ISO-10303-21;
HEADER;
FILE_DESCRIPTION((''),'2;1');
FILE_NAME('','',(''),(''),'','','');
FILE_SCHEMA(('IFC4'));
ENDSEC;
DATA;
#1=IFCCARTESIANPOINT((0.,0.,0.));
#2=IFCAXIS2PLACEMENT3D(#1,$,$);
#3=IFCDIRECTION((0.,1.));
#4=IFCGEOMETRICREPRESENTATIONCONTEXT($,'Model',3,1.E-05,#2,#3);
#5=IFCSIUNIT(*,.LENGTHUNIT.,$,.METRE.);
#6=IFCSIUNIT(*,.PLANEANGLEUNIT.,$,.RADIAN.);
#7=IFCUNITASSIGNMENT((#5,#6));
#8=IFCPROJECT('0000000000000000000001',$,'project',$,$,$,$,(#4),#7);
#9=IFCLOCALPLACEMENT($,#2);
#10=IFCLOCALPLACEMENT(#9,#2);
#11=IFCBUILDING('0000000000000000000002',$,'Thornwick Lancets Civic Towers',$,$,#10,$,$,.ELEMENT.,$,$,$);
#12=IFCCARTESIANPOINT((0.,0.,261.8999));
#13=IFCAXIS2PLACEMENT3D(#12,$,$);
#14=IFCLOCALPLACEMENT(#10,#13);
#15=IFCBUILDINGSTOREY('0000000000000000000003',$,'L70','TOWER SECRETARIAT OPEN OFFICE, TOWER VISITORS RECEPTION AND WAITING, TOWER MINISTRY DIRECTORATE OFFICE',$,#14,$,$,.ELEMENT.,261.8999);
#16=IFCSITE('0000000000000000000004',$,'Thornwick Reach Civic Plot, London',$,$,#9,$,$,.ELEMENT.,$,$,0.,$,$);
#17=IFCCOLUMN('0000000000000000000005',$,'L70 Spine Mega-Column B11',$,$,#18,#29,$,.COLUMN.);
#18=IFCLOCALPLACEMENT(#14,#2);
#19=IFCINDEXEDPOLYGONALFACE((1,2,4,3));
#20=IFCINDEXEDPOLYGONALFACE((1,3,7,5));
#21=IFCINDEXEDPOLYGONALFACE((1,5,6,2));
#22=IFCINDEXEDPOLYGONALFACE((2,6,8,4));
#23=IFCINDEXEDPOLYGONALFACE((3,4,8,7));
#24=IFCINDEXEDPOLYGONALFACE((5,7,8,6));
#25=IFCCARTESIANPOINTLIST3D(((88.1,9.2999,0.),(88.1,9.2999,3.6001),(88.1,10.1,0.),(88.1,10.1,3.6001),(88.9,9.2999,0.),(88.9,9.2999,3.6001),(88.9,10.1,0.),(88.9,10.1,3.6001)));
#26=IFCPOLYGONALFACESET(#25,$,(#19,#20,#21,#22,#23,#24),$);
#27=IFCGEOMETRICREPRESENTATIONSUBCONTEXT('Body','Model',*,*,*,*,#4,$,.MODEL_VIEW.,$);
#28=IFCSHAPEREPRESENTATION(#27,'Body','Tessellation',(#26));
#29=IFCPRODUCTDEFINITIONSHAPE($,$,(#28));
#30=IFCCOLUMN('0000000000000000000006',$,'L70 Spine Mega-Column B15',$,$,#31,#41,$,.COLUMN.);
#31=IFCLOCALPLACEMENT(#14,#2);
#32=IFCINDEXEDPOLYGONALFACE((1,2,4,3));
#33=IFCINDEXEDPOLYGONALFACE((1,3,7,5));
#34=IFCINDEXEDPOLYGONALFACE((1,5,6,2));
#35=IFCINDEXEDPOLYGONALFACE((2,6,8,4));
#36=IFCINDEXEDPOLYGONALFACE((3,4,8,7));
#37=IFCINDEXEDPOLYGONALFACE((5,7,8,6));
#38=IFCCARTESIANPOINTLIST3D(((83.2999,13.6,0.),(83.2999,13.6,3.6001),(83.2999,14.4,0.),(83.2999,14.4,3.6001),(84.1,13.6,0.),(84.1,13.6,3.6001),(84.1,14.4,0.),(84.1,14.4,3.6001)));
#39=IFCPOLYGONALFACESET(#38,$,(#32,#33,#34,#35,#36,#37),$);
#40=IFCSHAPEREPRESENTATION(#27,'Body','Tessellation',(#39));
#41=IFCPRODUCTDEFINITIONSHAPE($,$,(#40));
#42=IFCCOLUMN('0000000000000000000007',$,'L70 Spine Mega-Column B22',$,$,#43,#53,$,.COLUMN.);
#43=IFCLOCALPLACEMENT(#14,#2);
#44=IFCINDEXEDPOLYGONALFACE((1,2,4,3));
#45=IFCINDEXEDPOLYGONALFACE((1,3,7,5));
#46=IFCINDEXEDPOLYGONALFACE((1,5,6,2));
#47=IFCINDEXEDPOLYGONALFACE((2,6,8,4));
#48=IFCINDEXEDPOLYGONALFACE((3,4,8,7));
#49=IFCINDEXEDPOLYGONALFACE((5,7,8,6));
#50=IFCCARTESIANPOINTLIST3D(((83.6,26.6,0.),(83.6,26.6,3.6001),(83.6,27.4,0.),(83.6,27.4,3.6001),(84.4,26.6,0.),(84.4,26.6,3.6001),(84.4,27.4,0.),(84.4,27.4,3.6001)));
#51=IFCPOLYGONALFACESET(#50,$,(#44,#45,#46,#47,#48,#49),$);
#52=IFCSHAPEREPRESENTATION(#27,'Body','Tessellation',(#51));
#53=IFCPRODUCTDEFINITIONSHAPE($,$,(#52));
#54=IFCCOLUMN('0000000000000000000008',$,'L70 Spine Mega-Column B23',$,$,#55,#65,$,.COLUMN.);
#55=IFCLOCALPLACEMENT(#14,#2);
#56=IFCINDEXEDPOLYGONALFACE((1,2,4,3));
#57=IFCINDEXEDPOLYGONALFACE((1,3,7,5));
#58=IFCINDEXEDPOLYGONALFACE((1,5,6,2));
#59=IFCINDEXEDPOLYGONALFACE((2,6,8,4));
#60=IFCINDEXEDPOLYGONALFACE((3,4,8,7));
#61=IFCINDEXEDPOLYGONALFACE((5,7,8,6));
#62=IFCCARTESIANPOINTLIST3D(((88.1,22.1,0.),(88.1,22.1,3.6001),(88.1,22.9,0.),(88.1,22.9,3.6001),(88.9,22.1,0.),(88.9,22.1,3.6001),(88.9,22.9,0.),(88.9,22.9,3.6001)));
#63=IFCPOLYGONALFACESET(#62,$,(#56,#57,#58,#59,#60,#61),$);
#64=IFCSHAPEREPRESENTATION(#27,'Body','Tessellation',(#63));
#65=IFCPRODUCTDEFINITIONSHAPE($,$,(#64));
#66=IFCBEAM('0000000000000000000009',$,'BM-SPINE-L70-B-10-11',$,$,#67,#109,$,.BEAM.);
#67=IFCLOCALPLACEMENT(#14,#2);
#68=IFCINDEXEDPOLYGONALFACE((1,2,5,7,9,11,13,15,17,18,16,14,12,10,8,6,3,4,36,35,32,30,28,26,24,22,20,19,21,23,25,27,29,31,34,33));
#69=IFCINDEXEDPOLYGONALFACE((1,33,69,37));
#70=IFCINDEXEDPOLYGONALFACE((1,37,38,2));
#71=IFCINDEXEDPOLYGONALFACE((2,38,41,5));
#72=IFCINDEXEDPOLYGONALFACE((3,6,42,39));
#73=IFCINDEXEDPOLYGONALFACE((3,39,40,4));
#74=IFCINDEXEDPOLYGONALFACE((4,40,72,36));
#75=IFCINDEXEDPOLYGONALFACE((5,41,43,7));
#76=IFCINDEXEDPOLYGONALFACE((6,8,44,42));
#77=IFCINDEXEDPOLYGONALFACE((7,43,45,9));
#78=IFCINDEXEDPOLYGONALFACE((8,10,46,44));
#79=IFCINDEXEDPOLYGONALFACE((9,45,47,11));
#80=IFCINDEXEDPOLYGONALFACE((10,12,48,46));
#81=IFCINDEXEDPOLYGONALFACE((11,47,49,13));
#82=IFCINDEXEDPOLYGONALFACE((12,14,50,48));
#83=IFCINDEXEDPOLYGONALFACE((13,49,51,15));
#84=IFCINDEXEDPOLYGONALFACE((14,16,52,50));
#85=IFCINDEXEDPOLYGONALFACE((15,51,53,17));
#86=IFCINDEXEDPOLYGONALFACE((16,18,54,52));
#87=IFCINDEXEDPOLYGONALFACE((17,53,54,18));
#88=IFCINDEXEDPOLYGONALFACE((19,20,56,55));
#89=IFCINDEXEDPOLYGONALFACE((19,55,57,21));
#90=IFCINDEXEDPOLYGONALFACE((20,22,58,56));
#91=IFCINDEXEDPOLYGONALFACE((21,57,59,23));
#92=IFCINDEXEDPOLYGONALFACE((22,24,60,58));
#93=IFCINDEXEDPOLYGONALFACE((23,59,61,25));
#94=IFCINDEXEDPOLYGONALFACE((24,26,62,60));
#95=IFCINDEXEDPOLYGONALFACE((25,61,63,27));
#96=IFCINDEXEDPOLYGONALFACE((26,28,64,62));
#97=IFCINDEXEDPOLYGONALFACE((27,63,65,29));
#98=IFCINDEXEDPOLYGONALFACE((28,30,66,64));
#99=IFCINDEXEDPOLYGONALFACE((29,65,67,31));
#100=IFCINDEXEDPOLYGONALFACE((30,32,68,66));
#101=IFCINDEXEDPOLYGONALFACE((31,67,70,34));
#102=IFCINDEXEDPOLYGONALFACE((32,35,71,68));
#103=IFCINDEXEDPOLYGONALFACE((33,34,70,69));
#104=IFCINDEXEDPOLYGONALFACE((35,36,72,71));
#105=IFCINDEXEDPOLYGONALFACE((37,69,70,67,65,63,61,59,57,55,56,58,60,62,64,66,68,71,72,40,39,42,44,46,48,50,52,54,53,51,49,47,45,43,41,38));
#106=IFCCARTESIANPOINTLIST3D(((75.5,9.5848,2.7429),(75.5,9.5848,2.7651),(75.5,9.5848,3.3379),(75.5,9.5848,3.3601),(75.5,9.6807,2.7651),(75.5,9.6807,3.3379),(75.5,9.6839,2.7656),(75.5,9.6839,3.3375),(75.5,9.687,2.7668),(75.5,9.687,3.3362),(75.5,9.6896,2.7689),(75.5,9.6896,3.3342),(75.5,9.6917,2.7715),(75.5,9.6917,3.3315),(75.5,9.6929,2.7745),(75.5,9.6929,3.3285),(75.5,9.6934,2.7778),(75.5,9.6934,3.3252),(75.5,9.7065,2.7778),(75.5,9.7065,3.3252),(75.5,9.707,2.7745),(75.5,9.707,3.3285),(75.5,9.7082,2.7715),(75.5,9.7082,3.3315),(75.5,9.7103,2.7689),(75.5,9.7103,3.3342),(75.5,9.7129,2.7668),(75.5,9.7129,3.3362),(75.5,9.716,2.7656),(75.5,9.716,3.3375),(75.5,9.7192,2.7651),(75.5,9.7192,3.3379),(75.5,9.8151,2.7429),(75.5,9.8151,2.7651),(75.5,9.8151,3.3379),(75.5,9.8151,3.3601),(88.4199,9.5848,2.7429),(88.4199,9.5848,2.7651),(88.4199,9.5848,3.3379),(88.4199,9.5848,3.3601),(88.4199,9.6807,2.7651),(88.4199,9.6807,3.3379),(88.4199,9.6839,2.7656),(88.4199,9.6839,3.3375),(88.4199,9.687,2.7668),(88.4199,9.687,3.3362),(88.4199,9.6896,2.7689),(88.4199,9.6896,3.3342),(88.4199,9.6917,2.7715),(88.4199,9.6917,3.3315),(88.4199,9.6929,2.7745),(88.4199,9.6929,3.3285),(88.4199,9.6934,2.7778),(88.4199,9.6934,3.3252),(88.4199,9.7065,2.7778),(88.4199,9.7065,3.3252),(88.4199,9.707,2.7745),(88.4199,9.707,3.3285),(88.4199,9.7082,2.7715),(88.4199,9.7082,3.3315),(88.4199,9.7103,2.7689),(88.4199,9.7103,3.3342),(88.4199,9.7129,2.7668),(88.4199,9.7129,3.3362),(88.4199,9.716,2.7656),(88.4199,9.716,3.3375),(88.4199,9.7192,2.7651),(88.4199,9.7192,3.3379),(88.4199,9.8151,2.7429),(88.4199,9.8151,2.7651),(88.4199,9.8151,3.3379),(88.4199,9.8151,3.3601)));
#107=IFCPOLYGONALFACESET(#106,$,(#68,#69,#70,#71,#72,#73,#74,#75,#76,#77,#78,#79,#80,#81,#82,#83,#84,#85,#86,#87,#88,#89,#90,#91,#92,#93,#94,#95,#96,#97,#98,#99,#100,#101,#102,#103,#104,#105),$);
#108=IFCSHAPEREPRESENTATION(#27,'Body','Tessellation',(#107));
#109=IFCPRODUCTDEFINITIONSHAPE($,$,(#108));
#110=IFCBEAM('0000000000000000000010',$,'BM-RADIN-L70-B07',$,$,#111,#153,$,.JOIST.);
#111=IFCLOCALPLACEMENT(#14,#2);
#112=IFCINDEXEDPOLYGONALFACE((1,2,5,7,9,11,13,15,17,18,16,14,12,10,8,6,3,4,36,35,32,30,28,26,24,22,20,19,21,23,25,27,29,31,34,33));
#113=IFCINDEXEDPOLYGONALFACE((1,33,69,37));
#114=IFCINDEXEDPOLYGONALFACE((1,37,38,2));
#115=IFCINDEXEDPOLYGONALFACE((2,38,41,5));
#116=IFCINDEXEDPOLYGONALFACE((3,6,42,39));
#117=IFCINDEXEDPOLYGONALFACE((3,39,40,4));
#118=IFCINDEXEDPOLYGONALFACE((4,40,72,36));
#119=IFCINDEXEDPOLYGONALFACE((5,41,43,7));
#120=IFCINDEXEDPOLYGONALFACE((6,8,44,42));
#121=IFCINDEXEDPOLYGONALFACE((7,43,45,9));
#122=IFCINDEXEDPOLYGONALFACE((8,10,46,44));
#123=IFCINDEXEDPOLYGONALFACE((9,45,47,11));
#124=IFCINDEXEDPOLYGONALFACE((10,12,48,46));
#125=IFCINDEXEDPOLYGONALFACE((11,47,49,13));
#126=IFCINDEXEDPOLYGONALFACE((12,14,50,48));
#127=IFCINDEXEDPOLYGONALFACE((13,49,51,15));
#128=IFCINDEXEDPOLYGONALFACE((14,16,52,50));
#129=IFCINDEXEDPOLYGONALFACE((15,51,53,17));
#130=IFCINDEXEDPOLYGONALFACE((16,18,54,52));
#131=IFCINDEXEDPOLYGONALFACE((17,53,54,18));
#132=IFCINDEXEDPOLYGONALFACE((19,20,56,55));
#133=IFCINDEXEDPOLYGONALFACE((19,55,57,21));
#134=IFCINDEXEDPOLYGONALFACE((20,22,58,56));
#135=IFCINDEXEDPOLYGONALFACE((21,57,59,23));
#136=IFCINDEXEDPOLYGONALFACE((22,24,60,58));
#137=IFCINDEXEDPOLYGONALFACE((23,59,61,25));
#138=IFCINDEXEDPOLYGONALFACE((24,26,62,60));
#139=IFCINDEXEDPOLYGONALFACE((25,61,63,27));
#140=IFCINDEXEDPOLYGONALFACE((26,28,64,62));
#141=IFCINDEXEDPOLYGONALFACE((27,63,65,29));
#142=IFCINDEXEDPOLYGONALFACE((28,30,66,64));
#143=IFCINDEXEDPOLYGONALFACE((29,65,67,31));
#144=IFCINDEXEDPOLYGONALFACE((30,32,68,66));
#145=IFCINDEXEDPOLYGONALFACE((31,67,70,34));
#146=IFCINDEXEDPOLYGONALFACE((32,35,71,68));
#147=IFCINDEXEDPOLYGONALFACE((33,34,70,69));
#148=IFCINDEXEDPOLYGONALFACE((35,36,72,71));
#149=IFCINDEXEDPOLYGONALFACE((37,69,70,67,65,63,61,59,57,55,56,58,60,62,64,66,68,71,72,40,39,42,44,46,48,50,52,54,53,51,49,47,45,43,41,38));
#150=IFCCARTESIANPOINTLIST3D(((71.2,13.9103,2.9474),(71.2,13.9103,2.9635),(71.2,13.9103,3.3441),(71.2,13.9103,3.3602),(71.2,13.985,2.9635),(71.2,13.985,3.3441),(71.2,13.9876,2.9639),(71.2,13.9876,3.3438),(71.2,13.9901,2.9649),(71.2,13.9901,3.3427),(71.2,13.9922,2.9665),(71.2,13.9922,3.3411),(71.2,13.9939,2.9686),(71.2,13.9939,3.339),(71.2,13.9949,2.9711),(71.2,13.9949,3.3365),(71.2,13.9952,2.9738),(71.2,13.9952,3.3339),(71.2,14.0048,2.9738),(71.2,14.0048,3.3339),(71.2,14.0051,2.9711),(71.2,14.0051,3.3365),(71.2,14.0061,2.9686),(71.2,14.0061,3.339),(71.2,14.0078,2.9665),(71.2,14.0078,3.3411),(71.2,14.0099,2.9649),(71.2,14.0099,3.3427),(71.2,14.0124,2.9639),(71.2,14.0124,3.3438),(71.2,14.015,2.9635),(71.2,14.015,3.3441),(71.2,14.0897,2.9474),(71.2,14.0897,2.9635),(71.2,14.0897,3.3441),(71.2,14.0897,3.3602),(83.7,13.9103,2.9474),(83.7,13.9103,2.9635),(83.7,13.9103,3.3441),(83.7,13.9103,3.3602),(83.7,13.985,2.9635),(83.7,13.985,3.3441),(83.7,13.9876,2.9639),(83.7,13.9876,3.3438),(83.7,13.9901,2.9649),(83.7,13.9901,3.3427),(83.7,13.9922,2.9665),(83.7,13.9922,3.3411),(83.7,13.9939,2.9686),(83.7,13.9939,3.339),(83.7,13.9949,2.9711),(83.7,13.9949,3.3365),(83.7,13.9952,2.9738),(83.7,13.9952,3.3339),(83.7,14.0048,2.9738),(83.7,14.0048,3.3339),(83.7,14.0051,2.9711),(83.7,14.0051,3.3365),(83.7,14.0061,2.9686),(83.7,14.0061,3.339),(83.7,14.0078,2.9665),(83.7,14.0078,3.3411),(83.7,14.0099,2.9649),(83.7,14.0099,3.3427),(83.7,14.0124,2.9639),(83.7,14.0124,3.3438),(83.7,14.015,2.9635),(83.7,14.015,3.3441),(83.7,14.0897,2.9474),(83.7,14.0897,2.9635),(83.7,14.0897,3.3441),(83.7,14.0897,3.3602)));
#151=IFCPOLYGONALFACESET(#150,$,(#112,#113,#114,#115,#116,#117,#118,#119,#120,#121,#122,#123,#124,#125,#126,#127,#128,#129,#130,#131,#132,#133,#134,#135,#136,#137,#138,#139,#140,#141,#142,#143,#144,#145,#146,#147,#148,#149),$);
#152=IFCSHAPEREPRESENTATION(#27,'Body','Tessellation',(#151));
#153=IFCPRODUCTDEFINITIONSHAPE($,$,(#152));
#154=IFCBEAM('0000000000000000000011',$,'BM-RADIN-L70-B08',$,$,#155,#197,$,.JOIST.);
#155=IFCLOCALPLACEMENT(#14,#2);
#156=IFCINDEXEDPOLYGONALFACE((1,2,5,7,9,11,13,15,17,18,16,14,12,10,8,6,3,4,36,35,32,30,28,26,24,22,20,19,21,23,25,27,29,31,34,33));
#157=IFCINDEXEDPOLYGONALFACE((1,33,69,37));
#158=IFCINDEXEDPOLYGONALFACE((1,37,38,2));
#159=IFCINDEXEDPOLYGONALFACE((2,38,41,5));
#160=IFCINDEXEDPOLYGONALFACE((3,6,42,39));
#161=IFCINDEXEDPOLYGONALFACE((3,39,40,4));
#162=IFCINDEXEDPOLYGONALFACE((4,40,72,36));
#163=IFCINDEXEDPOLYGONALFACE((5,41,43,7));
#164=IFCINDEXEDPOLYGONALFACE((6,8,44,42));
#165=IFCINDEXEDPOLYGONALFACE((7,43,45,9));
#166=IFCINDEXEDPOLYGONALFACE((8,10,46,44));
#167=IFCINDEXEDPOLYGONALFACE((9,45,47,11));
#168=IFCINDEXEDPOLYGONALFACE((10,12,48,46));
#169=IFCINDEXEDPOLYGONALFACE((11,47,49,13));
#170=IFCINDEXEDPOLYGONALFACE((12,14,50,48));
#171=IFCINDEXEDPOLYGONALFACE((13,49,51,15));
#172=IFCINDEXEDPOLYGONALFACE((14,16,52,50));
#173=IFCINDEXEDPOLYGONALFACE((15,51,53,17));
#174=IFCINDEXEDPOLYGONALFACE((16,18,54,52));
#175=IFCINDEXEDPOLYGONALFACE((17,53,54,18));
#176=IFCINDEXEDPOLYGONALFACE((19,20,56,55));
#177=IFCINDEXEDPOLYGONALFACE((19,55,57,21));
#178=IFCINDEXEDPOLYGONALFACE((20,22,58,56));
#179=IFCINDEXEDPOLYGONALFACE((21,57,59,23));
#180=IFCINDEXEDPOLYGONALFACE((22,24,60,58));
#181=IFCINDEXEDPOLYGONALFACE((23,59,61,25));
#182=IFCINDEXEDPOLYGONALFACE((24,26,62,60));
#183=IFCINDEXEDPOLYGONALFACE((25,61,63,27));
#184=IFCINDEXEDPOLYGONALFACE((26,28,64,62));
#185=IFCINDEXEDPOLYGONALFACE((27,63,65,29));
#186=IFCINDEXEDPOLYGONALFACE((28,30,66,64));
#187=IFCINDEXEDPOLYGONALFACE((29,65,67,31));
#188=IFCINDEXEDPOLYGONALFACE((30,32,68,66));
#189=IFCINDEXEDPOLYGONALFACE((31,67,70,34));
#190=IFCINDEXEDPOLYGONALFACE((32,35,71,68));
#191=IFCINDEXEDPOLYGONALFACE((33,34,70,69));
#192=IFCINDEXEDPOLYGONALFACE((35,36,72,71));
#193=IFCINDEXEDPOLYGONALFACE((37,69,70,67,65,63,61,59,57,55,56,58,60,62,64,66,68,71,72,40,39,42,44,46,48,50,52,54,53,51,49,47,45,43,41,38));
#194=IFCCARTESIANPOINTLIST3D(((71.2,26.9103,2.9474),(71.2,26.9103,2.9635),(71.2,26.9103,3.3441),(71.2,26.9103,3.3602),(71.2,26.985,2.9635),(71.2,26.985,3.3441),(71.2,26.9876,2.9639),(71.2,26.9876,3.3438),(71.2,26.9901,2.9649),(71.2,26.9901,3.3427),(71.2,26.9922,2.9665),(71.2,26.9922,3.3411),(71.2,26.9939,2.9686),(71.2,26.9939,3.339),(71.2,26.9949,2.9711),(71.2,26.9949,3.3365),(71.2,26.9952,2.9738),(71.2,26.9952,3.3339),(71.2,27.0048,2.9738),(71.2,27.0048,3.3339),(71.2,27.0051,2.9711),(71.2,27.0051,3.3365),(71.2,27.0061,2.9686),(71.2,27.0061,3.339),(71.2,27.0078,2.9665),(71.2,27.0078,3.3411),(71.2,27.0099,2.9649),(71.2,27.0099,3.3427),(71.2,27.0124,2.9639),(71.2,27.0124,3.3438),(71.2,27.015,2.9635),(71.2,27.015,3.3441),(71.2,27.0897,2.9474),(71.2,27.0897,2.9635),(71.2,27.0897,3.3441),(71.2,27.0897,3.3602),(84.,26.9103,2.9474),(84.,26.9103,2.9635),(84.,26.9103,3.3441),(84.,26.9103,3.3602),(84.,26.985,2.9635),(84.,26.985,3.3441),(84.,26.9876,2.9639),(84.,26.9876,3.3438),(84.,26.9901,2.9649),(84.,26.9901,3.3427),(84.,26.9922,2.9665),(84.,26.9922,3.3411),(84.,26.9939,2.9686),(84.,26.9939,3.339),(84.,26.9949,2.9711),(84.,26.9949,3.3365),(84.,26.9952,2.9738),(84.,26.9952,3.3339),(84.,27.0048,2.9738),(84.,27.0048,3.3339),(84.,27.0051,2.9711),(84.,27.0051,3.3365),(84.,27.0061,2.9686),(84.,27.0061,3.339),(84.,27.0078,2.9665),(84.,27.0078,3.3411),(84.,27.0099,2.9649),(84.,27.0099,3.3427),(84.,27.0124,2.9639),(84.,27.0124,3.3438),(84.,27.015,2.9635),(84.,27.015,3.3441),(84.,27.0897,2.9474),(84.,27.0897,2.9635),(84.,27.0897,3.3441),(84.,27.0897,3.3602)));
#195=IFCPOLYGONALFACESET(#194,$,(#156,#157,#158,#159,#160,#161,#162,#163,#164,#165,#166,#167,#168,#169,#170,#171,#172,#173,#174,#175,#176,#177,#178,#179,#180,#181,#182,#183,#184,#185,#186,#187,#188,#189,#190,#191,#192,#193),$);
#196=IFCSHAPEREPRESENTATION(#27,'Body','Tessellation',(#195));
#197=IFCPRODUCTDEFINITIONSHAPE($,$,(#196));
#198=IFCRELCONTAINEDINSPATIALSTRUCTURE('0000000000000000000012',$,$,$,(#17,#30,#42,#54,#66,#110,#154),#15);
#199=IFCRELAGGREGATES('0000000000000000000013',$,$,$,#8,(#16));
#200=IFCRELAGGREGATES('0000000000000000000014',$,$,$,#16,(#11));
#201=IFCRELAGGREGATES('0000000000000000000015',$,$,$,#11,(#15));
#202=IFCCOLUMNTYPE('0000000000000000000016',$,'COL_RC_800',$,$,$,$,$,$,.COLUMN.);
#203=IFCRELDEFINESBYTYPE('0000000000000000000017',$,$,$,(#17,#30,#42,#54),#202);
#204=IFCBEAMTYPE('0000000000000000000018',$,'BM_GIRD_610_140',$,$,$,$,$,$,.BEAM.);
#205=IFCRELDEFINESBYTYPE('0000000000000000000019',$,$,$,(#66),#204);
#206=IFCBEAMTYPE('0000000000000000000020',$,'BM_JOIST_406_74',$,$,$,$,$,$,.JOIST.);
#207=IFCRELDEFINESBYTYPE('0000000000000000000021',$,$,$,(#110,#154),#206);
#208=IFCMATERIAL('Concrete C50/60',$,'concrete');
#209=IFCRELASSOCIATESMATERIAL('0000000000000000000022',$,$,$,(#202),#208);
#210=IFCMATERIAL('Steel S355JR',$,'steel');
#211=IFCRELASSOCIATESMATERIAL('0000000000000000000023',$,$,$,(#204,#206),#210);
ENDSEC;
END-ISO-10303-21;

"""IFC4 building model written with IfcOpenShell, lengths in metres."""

from ifc_helpers import new_model, si_unit, direction, frame, origin, origin_2d, place, context, subcontext, project, spatial, rectangle, i_section, extrude, material, material_profile, profile_set, type_object, element, save


model = new_model("IFC4")

# Units and contexts
model_context = context("Model", 3, precision=1e-05, world=origin(), true_north=direction((0.0, 1.0)))
body_context = subcontext(model_context, "Body", "Model", "MODEL_VIEW")
ifc_project = project(units=[si_unit("LENGTHUNIT", "METRE"), si_unit("PLANEANGLEUNIT", "RADIAN")], contexts=[model_context])

# Site, building, storey
site_placement = place(None, origin())
site = spatial("IfcSite", under=ifc_project, at=site_placement, Name="Thornwick Reach Civic Plot, London", CompositionType="ELEMENT", RefElevation=0.0)
building_placement = place(site_placement, origin())
building = spatial("IfcBuilding", under=site, at=building_placement, Name="Thornwick Lancets Civic Towers", CompositionType="ELEMENT")
storey_placement = place(building_placement, frame((0.0, 0.0, 261.8999)))
storey = spatial("IfcBuildingStorey", under=building, at=storey_placement, Name="L70", Description="TOWER SECRETARIAT OPEN OFFICE, TOWER VISITORS RECEPTION AND WAITING, TOWER MINISTRY DIRECTORATE OFFICE", CompositionType="ELEMENT", Elevation=261.8999)

# Columns
ifc_material_1 = material(Name="Concrete C50/60", Category="concrete")
ifc_material_profile_1 = material_profile(ifc_material_1, rectangle(XDim=0.8, YDim=0.8, at=origin_2d()), Name="RC 800x800")
ifc_profile_set_1 = profile_set([ifc_material_profile_1], Name="Concrete C50/60")
column_type = type_object("IfcColumnType", Name="COL_RC_800", PredefinedType="COLUMN", material=ifc_profile_set_1)
for number, where, z_axis, x_axis, name in (
    (1, (88.5, 9.7, 0.0), (0.0, 0.0, 1.0), (1.0, 0.0, 0.0), "L70 Spine Mega-Column B11"),
    (2, (83.7, 14.0, 0.0), (0.0, 0.0, 1.0), (1.0, 0.0, 0.0), "L70 Spine Mega-Column B15"),
    (3, (84.0, 27.0, 0.0), (0.0, 0.0, 1.0), (1.0, 0.0, 0.0), "L70 Spine Mega-Column B22"),
    (4, (88.5, 22.5, 0.0), (0.0, 0.0, 1.0), (1.0, 0.0, 0.0), "L70 Spine Mega-Column B23"),
):
    element("IfcColumn", number, at=place(storey_placement, frame(where, z_axis=z_axis, x_axis=x_axis)), inside=storey, type_object=column_type, Name=name, PredefinedType="COLUMN", context=body_context, shape_type="SweptSolid", body=[
        extrude(rectangle(XDim=0.8, YDim=0.8, at=origin_2d()), origin(), (0.0, 0.0, 1.0), 3.6001),
    ])

# Beams
ifc_material_2 = material(Name="Steel S355JR", Category="steel")
ifc_material_profile_2 = material_profile(ifc_material_2, i_section(OverallWidth=0.2302, OverallDepth=0.6172, WebThickness=0.0132, FlangeThickness=0.0222, FilletRadius=0.0127, at=origin_2d()), Name="UKB 610x229x140")
ifc_profile_set_2 = profile_set([ifc_material_profile_2], Name="Steel S355JR")
beam_type_1 = type_object("IfcBeamType", Name="BM_GIRD_610_140", PredefinedType="BEAM", material=ifc_profile_set_2)
beam_1_placement = place(storey_placement, frame((88.4199, 9.7, 3.0515), z_axis=(-1.0, 0.0, 0.0), x_axis=(0.0, -1.0, 0.0)))
element("IfcBeam", 5, at=beam_1_placement, inside=storey, type_object=beam_type_1, Name="BM-SPINE-L70-B-10-11", PredefinedType="BEAM", context=body_context, shape_type="SweptSolid", body=[
    extrude(i_section(OverallWidth=0.2302, OverallDepth=0.6172, WebThickness=0.0132, FlangeThickness=0.0222, FilletRadius=0.0127, at=origin_2d()), origin(), (0.0, 0.0, 1.0), 12.9199),
])
ifc_material_profile_3 = material_profile(ifc_material_2, i_section(OverallWidth=0.1794, OverallDepth=0.4128, WebThickness=0.0095, FlangeThickness=0.0161, FilletRadius=0.0103, at=origin_2d()), Name="UKB 406x178x74")
ifc_profile_set_3 = profile_set([ifc_material_profile_3], Name="Steel S355JR")
beam_type_2 = type_object("IfcBeamType", Name="BM_JOIST_406_74", PredefinedType="JOIST", material=ifc_profile_set_3)
beam_2_placement = place(storey_placement, frame((83.7, 14.0, 3.1538), z_axis=(-1.0, 0.0, 0.0), x_axis=(0.0, -1.0, 0.0)))
element("IfcBeam", 6, at=beam_2_placement, inside=storey, type_object=beam_type_2, Name="BM-RADIN-L70-B07", PredefinedType="JOIST", context=body_context, shape_type="SweptSolid", body=[
    extrude(i_section(OverallWidth=0.1794, OverallDepth=0.4128, WebThickness=0.0095, FlangeThickness=0.0161, FilletRadius=0.0103, at=origin_2d()), origin(), (0.0, 0.0, 1.0), 12.5),
])
for number, where, z_axis, x_axis, name in (
    (7, (84.0, 27.0, 3.1538), (-1.0, 0.0, 0.0), (0.0, -1.0, 0.0), "BM-RADIN-L70-B08"),
):
    element("IfcBeam", number, at=place(storey_placement, frame(where, z_axis=z_axis, x_axis=x_axis)), inside=storey, type_object=beam_type_2, Name=name, PredefinedType="JOIST", context=body_context, shape_type="SweptSolid", body=[
        extrude(i_section(OverallWidth=0.1794, OverallDepth=0.4128, WebThickness=0.0095, FlangeThickness=0.0161, FilletRadius=0.0103, at=origin_2d()), origin(), (0.0, 0.0, 1.0), 12.8),
    ])

save(model, "model.ifc")
